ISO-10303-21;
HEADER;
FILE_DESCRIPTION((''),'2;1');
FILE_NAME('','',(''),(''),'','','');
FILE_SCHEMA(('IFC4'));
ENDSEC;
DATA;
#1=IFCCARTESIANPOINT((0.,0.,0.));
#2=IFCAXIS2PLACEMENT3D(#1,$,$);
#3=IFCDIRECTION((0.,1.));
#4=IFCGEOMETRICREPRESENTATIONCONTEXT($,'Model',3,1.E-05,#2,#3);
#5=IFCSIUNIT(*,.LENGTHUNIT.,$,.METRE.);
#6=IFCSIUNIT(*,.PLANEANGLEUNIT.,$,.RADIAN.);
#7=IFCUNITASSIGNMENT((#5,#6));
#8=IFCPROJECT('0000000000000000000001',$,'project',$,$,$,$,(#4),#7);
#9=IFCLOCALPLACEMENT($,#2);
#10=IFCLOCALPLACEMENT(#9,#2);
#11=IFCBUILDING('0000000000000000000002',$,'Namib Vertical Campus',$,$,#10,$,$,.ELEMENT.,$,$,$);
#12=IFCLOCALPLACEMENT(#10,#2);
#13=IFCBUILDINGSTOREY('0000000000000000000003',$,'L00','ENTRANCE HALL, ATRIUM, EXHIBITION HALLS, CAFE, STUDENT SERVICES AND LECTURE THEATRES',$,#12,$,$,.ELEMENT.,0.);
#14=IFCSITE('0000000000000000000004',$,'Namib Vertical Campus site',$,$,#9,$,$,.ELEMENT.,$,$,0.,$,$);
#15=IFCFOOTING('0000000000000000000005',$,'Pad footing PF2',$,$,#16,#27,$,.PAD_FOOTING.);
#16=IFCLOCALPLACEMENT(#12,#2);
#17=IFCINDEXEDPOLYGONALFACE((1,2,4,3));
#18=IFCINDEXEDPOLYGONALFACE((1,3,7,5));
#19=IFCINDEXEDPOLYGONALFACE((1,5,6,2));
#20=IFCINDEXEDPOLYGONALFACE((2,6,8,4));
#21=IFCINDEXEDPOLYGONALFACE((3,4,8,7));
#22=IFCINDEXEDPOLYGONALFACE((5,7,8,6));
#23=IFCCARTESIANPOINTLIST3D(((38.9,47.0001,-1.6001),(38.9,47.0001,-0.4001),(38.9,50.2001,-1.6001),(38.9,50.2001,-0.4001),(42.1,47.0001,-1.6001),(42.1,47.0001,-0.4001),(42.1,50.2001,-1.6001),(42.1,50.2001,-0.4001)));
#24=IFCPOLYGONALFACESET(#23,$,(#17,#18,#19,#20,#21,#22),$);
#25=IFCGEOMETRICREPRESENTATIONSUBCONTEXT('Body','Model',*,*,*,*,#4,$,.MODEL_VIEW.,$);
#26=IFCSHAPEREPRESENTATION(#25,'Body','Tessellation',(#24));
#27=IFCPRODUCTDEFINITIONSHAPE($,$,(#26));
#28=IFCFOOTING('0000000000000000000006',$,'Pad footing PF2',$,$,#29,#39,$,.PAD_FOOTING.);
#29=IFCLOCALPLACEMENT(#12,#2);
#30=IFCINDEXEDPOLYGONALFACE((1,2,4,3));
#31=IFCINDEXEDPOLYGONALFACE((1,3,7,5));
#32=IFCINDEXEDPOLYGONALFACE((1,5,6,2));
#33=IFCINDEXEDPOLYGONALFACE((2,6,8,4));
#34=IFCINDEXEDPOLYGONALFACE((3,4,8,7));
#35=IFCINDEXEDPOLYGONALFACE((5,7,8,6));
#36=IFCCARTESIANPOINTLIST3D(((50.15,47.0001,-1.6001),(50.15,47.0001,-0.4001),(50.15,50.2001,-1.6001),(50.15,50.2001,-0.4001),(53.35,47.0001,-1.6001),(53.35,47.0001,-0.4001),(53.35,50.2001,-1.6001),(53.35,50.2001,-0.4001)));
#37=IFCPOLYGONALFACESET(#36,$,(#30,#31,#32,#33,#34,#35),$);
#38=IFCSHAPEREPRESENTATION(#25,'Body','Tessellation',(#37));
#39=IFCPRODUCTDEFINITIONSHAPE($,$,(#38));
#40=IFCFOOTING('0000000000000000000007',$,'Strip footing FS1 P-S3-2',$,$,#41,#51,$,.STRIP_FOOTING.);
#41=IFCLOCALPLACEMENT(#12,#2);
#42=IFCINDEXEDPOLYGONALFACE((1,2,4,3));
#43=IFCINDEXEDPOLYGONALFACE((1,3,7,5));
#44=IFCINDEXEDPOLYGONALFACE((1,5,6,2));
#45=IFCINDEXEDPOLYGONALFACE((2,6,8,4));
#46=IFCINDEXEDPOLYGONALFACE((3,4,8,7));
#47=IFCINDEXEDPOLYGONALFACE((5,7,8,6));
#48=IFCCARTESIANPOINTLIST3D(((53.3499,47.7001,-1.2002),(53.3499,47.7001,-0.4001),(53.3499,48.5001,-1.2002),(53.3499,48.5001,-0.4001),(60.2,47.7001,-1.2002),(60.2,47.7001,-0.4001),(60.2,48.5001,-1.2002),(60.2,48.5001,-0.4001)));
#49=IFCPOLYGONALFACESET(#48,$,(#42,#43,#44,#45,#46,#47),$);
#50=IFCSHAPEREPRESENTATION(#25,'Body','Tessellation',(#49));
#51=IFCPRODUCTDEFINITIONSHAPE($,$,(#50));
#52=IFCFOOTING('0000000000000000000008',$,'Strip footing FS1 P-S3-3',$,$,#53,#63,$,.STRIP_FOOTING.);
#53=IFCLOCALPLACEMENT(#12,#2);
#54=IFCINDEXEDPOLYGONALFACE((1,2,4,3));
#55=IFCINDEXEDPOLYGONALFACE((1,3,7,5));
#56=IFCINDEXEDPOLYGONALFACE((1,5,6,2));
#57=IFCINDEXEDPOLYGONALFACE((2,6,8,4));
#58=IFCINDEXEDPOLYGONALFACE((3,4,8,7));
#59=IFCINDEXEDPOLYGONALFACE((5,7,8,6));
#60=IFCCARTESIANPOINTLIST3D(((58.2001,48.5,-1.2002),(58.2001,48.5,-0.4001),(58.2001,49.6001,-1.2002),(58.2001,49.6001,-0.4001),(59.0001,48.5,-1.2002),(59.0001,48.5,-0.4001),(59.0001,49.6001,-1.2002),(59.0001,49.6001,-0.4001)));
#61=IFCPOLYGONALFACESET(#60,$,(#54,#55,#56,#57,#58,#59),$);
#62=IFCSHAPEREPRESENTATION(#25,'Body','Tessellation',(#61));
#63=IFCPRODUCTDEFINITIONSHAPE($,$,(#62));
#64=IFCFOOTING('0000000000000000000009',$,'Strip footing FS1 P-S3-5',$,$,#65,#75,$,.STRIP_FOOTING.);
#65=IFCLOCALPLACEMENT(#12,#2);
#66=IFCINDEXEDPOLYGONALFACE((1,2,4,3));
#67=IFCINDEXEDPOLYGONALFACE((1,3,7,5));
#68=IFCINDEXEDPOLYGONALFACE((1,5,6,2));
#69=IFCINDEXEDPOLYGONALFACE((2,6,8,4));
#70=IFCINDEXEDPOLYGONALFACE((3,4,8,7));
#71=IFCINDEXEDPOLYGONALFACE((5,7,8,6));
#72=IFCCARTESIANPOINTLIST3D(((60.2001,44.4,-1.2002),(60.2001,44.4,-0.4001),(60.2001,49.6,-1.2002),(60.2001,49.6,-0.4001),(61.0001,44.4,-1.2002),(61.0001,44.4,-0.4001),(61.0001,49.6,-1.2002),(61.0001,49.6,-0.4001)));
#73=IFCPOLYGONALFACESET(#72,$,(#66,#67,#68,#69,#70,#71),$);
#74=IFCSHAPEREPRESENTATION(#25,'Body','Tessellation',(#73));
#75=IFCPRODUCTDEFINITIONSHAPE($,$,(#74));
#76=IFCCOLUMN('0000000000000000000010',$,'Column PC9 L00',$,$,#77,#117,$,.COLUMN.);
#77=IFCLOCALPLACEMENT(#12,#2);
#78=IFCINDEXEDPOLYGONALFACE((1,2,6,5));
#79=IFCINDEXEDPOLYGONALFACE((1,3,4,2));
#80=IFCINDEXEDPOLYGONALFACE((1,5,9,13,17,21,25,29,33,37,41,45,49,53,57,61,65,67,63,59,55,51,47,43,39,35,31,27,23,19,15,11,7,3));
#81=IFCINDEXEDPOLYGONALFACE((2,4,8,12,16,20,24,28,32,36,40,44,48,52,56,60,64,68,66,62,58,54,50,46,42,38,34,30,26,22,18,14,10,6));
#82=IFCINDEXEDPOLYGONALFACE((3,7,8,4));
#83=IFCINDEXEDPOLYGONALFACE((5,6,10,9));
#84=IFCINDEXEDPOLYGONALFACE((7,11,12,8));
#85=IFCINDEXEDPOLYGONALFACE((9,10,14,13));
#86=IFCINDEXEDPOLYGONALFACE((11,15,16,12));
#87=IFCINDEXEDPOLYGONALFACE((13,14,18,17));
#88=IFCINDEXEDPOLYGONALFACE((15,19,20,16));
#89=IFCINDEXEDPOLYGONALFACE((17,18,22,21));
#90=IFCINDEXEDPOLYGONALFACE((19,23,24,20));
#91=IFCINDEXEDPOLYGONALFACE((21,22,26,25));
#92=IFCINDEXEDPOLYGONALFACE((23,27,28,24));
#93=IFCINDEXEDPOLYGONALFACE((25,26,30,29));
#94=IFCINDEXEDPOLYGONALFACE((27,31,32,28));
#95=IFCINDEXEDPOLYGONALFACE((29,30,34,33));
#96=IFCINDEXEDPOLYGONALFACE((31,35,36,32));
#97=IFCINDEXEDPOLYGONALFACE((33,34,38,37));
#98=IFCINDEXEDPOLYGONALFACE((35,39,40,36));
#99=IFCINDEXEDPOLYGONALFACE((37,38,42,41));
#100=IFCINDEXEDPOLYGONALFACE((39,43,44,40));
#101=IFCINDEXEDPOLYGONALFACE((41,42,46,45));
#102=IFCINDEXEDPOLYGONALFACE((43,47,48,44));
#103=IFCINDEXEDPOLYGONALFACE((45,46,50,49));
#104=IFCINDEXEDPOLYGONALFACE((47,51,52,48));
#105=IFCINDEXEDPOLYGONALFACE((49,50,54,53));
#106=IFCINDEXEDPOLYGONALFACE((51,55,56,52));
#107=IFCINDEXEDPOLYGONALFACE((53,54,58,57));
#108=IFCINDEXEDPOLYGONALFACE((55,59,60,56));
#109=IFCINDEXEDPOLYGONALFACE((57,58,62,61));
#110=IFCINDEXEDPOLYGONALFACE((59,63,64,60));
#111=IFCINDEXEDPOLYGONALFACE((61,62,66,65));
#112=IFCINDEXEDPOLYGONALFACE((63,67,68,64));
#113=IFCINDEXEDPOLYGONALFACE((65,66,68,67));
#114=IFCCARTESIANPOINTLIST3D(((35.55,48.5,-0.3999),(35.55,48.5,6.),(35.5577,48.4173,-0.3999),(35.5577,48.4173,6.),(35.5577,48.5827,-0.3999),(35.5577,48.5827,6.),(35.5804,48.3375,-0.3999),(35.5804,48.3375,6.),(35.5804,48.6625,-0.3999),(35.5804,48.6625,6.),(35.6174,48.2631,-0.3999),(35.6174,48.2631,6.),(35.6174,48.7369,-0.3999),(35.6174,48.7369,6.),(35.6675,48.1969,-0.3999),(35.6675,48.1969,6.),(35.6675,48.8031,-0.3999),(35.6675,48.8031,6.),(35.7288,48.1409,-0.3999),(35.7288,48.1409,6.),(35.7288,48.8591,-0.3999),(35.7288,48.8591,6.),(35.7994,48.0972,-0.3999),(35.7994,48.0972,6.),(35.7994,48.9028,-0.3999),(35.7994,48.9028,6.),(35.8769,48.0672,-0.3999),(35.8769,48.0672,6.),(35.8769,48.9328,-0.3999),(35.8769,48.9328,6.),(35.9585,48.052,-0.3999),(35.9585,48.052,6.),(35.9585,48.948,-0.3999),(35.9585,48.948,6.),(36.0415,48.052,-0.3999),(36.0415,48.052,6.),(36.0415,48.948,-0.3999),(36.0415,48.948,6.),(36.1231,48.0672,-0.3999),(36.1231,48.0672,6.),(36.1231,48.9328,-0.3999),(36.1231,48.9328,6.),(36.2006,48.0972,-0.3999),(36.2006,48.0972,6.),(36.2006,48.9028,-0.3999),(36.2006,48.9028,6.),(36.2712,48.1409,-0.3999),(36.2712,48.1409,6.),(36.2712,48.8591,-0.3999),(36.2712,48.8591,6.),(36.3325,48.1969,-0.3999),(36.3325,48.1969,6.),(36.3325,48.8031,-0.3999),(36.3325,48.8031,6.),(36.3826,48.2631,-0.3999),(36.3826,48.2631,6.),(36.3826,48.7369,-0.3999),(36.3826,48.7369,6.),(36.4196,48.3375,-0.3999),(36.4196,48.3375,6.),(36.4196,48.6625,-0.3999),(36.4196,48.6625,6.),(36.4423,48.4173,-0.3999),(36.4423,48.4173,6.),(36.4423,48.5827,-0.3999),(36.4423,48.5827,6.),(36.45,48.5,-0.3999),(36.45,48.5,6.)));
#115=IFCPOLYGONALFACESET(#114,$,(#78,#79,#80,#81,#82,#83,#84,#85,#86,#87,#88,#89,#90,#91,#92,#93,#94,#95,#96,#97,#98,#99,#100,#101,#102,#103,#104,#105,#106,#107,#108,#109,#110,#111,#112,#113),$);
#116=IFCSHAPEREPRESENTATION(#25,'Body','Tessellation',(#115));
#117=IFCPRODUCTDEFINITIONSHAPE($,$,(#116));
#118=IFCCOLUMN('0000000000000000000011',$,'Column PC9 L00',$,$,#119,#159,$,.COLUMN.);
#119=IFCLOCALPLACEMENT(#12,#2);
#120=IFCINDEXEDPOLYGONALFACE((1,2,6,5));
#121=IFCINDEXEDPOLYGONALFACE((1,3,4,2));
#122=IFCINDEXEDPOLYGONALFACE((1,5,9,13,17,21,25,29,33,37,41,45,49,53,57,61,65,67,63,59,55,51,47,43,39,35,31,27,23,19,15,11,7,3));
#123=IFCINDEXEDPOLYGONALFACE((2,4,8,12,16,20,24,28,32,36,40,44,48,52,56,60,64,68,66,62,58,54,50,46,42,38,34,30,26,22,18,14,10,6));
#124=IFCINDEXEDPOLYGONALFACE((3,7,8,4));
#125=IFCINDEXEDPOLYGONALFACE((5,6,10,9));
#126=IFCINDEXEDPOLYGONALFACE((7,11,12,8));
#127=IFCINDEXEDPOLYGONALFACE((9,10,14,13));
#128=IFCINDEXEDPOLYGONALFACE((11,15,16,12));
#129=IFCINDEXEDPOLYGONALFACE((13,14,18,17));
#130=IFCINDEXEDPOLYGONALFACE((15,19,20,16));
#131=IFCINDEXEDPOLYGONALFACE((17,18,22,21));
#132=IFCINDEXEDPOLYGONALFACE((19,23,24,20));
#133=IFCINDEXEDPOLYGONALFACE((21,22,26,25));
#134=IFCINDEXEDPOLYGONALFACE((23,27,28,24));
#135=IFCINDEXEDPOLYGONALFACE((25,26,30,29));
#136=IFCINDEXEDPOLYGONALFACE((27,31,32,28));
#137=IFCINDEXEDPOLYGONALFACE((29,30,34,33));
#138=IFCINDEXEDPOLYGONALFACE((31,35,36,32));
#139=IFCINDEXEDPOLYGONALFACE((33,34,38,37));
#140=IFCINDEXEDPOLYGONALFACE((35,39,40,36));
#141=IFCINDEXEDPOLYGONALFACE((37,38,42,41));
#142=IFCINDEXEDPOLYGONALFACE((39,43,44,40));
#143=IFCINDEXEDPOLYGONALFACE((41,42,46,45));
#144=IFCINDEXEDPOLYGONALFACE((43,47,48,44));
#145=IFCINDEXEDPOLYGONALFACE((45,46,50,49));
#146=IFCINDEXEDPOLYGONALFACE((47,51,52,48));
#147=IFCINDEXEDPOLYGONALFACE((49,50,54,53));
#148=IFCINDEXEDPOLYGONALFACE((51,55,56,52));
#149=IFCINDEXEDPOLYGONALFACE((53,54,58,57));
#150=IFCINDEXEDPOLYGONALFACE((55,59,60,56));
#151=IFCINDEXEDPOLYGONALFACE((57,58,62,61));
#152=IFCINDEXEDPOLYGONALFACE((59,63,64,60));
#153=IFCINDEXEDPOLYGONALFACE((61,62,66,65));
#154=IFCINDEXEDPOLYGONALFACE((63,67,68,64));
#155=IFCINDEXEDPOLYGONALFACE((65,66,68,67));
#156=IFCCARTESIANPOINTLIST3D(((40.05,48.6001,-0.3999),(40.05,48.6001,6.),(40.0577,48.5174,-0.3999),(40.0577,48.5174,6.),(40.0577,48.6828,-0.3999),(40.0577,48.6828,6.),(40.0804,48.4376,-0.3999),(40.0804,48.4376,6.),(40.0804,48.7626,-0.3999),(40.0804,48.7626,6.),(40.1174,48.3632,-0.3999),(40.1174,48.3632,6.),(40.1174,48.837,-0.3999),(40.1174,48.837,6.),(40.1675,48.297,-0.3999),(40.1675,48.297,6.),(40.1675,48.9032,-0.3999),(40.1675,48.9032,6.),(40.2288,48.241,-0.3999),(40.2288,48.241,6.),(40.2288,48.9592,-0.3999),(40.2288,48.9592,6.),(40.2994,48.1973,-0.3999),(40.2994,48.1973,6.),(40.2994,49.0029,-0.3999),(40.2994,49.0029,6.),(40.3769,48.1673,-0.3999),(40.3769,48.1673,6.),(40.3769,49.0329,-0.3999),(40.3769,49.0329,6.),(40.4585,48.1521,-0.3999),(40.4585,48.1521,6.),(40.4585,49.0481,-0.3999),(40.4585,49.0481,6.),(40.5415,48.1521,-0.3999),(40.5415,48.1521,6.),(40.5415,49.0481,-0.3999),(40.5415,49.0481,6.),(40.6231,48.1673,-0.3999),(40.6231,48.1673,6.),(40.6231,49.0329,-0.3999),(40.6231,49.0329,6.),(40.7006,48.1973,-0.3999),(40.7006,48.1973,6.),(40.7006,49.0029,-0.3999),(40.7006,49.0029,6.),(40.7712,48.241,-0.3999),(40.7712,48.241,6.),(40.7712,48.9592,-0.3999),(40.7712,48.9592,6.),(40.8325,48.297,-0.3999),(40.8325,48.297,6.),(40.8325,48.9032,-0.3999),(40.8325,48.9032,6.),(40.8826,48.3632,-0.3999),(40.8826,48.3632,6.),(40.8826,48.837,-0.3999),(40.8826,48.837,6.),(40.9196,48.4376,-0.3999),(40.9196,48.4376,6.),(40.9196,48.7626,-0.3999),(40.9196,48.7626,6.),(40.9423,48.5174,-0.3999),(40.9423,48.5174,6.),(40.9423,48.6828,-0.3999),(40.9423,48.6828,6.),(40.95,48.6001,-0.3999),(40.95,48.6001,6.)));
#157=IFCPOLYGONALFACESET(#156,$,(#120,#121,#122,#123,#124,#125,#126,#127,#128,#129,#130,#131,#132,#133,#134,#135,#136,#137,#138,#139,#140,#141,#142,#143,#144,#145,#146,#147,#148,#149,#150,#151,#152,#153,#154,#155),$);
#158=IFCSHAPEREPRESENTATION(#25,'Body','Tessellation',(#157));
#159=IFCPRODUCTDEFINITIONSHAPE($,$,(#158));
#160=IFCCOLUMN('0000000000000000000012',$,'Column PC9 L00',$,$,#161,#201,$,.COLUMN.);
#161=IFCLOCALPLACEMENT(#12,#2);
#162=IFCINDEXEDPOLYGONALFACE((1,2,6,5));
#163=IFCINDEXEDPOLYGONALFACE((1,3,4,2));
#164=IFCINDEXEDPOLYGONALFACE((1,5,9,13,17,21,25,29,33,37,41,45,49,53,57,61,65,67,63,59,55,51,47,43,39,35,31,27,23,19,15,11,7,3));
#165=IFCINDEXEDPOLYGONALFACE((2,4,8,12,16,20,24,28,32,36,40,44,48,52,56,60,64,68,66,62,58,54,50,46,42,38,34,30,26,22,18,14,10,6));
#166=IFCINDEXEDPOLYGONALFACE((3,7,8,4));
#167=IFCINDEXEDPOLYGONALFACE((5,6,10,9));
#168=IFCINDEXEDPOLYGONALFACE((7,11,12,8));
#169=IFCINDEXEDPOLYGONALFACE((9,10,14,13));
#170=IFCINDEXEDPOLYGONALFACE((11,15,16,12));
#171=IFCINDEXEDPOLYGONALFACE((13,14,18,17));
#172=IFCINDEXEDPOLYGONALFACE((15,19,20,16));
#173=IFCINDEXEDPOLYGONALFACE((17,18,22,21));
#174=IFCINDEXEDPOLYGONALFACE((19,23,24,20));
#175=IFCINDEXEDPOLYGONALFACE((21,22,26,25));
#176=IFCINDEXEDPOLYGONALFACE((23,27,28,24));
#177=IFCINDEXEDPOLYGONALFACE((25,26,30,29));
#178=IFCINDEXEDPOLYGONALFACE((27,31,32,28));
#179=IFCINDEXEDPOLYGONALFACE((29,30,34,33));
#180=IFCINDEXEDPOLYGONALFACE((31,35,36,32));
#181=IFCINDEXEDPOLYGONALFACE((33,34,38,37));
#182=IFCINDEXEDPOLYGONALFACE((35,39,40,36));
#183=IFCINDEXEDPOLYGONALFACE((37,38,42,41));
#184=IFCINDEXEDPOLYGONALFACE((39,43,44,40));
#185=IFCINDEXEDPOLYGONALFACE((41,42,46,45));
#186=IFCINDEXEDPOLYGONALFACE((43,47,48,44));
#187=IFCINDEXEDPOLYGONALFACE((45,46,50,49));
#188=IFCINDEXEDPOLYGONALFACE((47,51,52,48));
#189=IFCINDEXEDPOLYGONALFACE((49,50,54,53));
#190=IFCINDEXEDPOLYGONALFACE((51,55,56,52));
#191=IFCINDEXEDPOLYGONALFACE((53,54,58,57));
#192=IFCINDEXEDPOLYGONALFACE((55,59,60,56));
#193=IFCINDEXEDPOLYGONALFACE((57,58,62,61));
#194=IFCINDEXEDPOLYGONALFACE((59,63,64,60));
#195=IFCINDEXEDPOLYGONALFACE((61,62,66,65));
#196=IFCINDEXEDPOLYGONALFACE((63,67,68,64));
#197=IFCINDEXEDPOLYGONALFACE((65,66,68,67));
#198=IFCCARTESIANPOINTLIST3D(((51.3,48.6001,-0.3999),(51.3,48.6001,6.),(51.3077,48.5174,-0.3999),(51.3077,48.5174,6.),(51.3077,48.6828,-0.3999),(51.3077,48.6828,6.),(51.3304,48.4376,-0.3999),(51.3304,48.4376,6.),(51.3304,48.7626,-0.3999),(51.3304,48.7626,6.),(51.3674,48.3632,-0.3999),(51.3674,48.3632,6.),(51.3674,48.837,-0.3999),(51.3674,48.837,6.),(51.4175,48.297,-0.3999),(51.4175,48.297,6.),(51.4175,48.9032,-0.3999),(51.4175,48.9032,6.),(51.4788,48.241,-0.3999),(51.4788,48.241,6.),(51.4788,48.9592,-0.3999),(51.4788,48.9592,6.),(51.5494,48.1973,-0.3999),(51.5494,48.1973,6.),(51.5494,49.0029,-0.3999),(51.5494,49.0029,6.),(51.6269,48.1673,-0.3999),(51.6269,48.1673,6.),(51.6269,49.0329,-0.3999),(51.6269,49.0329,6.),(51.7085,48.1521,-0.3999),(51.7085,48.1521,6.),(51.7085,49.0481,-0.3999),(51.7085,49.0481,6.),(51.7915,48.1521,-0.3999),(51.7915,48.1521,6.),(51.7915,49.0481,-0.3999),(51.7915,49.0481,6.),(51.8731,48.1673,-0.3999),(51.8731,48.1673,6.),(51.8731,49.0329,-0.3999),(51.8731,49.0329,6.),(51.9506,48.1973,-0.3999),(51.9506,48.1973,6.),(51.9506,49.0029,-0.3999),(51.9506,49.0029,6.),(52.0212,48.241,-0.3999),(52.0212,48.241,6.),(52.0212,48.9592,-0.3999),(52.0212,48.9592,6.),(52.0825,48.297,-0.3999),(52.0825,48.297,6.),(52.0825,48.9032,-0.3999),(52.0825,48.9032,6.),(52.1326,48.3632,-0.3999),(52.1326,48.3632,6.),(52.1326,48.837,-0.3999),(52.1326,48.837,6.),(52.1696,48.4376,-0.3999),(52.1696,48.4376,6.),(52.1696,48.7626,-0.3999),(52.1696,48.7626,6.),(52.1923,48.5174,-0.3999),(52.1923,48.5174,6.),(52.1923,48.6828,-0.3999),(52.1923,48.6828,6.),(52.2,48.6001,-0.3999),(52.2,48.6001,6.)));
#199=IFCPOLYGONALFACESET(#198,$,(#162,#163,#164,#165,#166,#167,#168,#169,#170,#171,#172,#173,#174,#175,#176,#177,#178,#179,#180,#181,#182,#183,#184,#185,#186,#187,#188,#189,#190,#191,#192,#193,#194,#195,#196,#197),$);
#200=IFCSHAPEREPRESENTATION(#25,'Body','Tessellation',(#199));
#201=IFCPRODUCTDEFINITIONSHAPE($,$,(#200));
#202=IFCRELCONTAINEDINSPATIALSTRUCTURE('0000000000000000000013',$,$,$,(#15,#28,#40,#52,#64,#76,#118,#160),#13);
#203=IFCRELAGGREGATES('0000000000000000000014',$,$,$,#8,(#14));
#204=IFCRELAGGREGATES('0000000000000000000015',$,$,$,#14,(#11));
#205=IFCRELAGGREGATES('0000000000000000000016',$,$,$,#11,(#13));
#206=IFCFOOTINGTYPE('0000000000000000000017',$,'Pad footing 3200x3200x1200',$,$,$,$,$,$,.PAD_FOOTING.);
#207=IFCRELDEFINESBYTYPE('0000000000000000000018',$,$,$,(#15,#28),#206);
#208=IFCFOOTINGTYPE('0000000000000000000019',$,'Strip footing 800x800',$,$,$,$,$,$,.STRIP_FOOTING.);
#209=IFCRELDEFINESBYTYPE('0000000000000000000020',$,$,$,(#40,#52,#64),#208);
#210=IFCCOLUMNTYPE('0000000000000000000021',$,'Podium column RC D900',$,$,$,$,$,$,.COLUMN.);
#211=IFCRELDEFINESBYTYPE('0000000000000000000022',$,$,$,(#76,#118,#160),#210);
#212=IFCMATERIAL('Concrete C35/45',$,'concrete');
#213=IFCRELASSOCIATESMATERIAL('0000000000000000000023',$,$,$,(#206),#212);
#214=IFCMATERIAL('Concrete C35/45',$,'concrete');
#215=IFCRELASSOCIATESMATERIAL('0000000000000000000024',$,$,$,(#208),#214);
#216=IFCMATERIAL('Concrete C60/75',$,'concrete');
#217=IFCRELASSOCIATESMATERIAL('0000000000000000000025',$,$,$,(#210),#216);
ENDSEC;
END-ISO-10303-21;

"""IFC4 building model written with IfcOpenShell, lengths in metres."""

from ifc_helpers import new_model, si_unit, direction, frame, origin, origin_2d, place, context, subcontext, project, spatial, rectangle, circle, extrude, material, material_profile, profile_set, type_object, element, save


model = new_model("IFC4")

# Units and contexts
model_context = context("Model", 3, precision=1e-05, world=origin(), true_north=direction((0.0, 1.0)))
body_context = subcontext(model_context, "Body", "Model", "MODEL_VIEW")
ifc_project = project(units=[si_unit("LENGTHUNIT", "METRE"), si_unit("PLANEANGLEUNIT", "RADIAN")], contexts=[model_context])

# Site, building, storey
site_placement = place(None, origin())
site = spatial("IfcSite", under=ifc_project, at=site_placement, Name="Namib Vertical Campus site", CompositionType="ELEMENT", RefElevation=0.0)
building_placement = place(site_placement, origin())
building = spatial("IfcBuilding", under=site, at=building_placement, Name="Namib Vertical Campus", CompositionType="ELEMENT")
storey_placement = place(building_placement, origin())
storey = spatial("IfcBuildingStorey", under=building, at=storey_placement, Name="L00", Description="ENTRANCE HALL, ATRIUM, EXHIBITION HALLS, CAFE, STUDENT SERVICES AND LECTURE THEATRES", CompositionType="ELEMENT", Elevation=0.0)

# Footings
ifc_material_1 = material(Name="Concrete C35/45", Category="concrete")
footing_type_1 = type_object("IfcFootingType", Name="Pad footing 3200x3200x1200", PredefinedType="PAD_FOOTING", material=ifc_material_1)
for number, where, z_axis, x_axis, name in (
    (1, (40.5, 48.6001, -1.6001), (0.0, 0.0, 1.0), (1.0, 0.0, 0.0), "Pad footing PF2"),
    (2, (51.75, 48.6001, -1.6001), (0.0, 0.0, 1.0), (1.0, 0.0, 0.0), "Pad footing PF2"),
):
    element("IfcFooting", number, at=place(storey_placement, frame(where, z_axis=z_axis, x_axis=x_axis)), inside=storey, type_object=footing_type_1, Name=name, PredefinedType="PAD_FOOTING", context=body_context, shape_type="SweptSolid", body=[
        extrude(rectangle(XDim=3.2, YDim=3.2, at=origin_2d()), origin(), (0.0, 0.0, 1.0), 1.2),
    ])
ifc_material_2 = material(Name="Concrete C35/45", Category="concrete")
footing_type_2 = type_object("IfcFootingType", Name="Strip footing 800x800", PredefinedType="STRIP_FOOTING", material=ifc_material_2)
footing_1_placement = place(storey_placement, frame((56.7749, 48.1001, -1.2002), z_axis=(0.0, 0.0, 1.0), x_axis=(1.0, 0.0, 0.0)))
element("IfcFooting", 3, at=footing_1_placement, inside=storey, type_object=footing_type_2, Name="Strip footing FS1 P-S3-2", PredefinedType="STRIP_FOOTING", context=body_context, shape_type="SweptSolid", body=[
    extrude(rectangle(XDim=6.8501, YDim=0.8, at=origin_2d()), origin(), (0.0, 0.0, 1.0), 0.8),
])
footing_2_placement = place(storey_placement, frame((58.6001, 49.05, -1.2002), z_axis=(0.0, 0.0, 1.0), x_axis=(1.0, 0.0, 0.0)))
element("IfcFooting", 4, at=footing_2_placement, inside=storey, type_object=footing_type_2, Name="Strip footing FS1 P-S3-3", PredefinedType="STRIP_FOOTING", context=body_context, shape_type="SweptSolid", body=[
    extrude(rectangle(XDim=0.8, YDim=1.1001, at=origin_2d()), origin(), (0.0, 0.0, 1.0), 0.8),
])
footing_3_placement = place(storey_placement, frame((60.6001, 47.0, -1.2002), z_axis=(0.0, 0.0, 1.0), x_axis=(1.0, 0.0, 0.0)))
element("IfcFooting", 5, at=footing_3_placement, inside=storey, type_object=footing_type_2, Name="Strip footing FS1 P-S3-5", PredefinedType="STRIP_FOOTING", context=body_context, shape_type="SweptSolid", body=[
    extrude(rectangle(XDim=0.8, YDim=5.2, at=origin_2d()), origin(), (0.0, 0.0, 1.0), 0.8),
])

# Columns
ifc_material_3 = material(Name="Concrete C60/75", Category="concrete")
ifc_material_profile_1 = material_profile(ifc_material_3, circle(Radius=0.45, at=origin_2d()))
ifc_profile_set_1 = profile_set([ifc_material_profile_1], Name="Concrete C60/75")
column_type = type_object("IfcColumnType", Name="Podium column RC D900", PredefinedType="COLUMN", material=ifc_profile_set_1)
for number, where, z_axis, x_axis, name in (
    (6, (36.0, 48.5, -0.3999), (0.0, 0.0, 1.0), (1.0, 0.0, 0.0), "Column PC9 L00"),
    (7, (40.5, 48.6001, -0.3999), (0.0, 0.0, 1.0), (1.0, 0.0, 0.0), "Column PC9 L00"),
    (8, (51.75, 48.6001, -0.3999), (0.0, 0.0, 1.0), (1.0, 0.0, 0.0), "Column PC9 L00"),
):
    element("IfcColumn", number, at=place(storey_placement, frame(where, z_axis=z_axis, x_axis=x_axis)), inside=storey, type_object=column_type, Name=name, PredefinedType="COLUMN", context=body_context, shape_type="SweptSolid", body=[
        extrude(circle(Radius=0.45, at=origin_2d()), origin(), (0.0, 0.0, 1.0), 6.3999),
    ])

save(model, "model.ifc")
